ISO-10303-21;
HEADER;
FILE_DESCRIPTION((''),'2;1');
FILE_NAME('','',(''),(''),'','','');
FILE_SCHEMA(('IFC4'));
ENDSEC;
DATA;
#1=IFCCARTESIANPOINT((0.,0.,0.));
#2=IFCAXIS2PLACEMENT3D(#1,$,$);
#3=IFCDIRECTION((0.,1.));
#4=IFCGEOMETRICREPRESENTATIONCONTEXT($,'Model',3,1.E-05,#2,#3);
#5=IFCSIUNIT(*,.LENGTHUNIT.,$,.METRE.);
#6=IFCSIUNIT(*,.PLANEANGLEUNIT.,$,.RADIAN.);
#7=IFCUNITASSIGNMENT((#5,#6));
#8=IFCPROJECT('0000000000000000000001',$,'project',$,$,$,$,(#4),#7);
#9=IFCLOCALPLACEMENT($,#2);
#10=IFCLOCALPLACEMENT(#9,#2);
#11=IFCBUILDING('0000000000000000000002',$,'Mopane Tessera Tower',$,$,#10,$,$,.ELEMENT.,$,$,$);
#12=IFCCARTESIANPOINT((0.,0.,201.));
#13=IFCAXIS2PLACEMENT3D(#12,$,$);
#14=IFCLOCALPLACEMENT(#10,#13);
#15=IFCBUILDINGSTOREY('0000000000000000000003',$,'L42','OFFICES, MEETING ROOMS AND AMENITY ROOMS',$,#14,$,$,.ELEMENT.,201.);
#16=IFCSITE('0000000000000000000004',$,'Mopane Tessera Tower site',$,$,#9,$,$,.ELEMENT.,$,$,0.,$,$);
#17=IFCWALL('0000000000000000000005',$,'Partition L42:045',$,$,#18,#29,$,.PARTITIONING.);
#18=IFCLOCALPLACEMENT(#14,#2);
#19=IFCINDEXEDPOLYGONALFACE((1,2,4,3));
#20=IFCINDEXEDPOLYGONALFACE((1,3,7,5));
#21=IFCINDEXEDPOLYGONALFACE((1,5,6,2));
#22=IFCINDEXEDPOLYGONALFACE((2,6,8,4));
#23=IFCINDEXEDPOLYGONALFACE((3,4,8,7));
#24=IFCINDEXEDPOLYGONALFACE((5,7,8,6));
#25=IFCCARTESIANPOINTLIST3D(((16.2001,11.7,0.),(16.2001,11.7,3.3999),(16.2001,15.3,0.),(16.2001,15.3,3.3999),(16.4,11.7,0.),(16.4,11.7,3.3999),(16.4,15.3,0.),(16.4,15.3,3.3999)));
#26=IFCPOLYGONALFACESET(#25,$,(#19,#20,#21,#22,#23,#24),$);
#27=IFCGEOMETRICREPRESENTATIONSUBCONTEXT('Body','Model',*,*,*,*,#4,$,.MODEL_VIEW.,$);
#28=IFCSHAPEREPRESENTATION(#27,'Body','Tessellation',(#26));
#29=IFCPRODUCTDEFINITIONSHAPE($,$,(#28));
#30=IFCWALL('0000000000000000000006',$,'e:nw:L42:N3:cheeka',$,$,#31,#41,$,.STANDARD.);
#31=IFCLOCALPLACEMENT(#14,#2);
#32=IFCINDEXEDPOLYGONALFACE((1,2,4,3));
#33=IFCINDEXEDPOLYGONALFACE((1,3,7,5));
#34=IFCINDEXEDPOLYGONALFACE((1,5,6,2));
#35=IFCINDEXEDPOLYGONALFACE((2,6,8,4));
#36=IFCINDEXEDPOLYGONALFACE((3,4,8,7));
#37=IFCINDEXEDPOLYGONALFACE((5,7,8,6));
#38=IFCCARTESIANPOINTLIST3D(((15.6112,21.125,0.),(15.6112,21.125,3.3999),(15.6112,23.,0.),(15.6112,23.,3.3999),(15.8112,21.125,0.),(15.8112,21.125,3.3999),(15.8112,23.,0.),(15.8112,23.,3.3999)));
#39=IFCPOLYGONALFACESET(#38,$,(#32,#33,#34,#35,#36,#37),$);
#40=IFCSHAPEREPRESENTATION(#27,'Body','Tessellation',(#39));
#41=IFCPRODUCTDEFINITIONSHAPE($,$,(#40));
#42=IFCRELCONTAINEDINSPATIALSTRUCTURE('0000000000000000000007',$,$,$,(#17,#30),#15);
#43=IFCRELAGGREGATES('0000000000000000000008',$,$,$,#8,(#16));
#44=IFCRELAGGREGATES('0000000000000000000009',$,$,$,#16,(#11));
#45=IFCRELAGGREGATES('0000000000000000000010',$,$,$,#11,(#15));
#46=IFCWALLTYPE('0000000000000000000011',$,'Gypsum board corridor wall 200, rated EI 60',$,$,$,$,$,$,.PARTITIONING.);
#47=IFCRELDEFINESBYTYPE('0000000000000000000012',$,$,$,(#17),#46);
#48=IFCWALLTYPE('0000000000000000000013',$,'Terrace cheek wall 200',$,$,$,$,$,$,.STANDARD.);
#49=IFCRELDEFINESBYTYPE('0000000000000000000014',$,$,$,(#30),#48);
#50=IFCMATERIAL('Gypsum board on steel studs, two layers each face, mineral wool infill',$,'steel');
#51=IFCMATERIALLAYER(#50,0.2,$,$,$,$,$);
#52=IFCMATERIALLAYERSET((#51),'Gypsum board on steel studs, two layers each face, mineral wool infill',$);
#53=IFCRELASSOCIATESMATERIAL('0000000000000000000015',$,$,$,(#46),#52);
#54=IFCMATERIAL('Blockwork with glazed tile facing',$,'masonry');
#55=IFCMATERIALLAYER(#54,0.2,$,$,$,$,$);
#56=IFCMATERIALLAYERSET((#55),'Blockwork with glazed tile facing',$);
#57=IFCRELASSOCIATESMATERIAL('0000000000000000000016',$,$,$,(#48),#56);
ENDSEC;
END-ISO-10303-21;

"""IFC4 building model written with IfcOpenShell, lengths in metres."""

from ifc_helpers import new_model, si_unit, direction, frame, frame_2d, origin, place, context, subcontext, project, spatial, rectangle, extrude, material, layer, layer_set, type_object, element, save


model = new_model("IFC4")

# Units and contexts
model_context = context("Model", 3, precision=1e-05, world=origin(), true_north=direction((0.0, 1.0)))
body_context = subcontext(model_context, "Body", "Model", "MODEL_VIEW")
ifc_project = project(units=[si_unit("LENGTHUNIT", "METRE"), si_unit("PLANEANGLEUNIT", "RADIAN")], contexts=[model_context])

# Site, building, storey
site_placement = place(None, origin())
site = spatial("IfcSite", under=ifc_project, at=site_placement, Name="Mopane Tessera Tower site", CompositionType="ELEMENT", RefElevation=0.0)
building_placement = place(site_placement, origin())
building = spatial("IfcBuilding", under=site, at=building_placement, Name="Mopane Tessera Tower", CompositionType="ELEMENT")
storey_placement = place(building_placement, frame((0.0, 0.0, 201.0)))
storey = spatial("IfcBuildingStorey", under=building, at=storey_placement, Name="L42", Description="OFFICES, MEETING ROOMS AND AMENITY ROOMS", CompositionType="ELEMENT", Elevation=201.0)

# Walls
ifc_material_1 = material(Name="Gypsum board on steel studs, two layers each face, mineral wool infill", Category="steel")
ifc_layer_1 = layer(ifc_material_1, 0.2)
ifc_layer_set_1 = layer_set([ifc_layer_1], Name="Gypsum board on steel studs, two layers each face, mineral wool infill")
wall_type_1 = type_object("IfcWallType", Name="Gypsum board corridor wall 200, rated EI 60", PredefinedType="PARTITIONING", material=ifc_layer_set_1)
wall_1_placement = place(storey_placement, frame((16.3, 11.7, 0.0), z_axis=(0.0, 0.0, 1.0), x_axis=(0.0, 1.0, 0.0)))
element("IfcWall", 1, at=wall_1_placement, inside=storey, type_object=wall_type_1, Name="Partition L42:045", PredefinedType="PARTITIONING", context=body_context, shape_type="SweptSolid", body=[
    extrude(rectangle(XDim=3.6001, YDim=0.2, at=frame_2d((1.8, 0.0))), origin(), (0.0, 0.0, 1.0), 3.3999),
])
ifc_material_2 = material(Name="Blockwork with glazed tile facing", Category="masonry")
ifc_layer_2 = layer(ifc_material_2, 0.2)
ifc_layer_set_2 = layer_set([ifc_layer_2], Name="Blockwork with glazed tile facing")
wall_type_2 = type_object("IfcWallType", Name="Terrace cheek wall 200", PredefinedType="STANDARD", material=ifc_layer_set_2)
wall_2_placement = place(storey_placement, frame((15.7112, 23.0, 0.0), z_axis=(0.0, 0.0, 1.0), x_axis=(0.0, -1.0, 0.0)))
element("IfcWall", 2, at=wall_2_placement, inside=storey, type_object=wall_type_2, Name="e:nw:L42:N3:cheeka", PredefinedType="STANDARD", context=body_context, shape_type="SweptSolid", body=[
    extrude(rectangle(XDim=1.875, YDim=0.2, at=frame_2d((0.9375, 0.0))), origin(), (0.0, 0.0, 1.0), 3.3999),
])

save(model, "model.ifc")
